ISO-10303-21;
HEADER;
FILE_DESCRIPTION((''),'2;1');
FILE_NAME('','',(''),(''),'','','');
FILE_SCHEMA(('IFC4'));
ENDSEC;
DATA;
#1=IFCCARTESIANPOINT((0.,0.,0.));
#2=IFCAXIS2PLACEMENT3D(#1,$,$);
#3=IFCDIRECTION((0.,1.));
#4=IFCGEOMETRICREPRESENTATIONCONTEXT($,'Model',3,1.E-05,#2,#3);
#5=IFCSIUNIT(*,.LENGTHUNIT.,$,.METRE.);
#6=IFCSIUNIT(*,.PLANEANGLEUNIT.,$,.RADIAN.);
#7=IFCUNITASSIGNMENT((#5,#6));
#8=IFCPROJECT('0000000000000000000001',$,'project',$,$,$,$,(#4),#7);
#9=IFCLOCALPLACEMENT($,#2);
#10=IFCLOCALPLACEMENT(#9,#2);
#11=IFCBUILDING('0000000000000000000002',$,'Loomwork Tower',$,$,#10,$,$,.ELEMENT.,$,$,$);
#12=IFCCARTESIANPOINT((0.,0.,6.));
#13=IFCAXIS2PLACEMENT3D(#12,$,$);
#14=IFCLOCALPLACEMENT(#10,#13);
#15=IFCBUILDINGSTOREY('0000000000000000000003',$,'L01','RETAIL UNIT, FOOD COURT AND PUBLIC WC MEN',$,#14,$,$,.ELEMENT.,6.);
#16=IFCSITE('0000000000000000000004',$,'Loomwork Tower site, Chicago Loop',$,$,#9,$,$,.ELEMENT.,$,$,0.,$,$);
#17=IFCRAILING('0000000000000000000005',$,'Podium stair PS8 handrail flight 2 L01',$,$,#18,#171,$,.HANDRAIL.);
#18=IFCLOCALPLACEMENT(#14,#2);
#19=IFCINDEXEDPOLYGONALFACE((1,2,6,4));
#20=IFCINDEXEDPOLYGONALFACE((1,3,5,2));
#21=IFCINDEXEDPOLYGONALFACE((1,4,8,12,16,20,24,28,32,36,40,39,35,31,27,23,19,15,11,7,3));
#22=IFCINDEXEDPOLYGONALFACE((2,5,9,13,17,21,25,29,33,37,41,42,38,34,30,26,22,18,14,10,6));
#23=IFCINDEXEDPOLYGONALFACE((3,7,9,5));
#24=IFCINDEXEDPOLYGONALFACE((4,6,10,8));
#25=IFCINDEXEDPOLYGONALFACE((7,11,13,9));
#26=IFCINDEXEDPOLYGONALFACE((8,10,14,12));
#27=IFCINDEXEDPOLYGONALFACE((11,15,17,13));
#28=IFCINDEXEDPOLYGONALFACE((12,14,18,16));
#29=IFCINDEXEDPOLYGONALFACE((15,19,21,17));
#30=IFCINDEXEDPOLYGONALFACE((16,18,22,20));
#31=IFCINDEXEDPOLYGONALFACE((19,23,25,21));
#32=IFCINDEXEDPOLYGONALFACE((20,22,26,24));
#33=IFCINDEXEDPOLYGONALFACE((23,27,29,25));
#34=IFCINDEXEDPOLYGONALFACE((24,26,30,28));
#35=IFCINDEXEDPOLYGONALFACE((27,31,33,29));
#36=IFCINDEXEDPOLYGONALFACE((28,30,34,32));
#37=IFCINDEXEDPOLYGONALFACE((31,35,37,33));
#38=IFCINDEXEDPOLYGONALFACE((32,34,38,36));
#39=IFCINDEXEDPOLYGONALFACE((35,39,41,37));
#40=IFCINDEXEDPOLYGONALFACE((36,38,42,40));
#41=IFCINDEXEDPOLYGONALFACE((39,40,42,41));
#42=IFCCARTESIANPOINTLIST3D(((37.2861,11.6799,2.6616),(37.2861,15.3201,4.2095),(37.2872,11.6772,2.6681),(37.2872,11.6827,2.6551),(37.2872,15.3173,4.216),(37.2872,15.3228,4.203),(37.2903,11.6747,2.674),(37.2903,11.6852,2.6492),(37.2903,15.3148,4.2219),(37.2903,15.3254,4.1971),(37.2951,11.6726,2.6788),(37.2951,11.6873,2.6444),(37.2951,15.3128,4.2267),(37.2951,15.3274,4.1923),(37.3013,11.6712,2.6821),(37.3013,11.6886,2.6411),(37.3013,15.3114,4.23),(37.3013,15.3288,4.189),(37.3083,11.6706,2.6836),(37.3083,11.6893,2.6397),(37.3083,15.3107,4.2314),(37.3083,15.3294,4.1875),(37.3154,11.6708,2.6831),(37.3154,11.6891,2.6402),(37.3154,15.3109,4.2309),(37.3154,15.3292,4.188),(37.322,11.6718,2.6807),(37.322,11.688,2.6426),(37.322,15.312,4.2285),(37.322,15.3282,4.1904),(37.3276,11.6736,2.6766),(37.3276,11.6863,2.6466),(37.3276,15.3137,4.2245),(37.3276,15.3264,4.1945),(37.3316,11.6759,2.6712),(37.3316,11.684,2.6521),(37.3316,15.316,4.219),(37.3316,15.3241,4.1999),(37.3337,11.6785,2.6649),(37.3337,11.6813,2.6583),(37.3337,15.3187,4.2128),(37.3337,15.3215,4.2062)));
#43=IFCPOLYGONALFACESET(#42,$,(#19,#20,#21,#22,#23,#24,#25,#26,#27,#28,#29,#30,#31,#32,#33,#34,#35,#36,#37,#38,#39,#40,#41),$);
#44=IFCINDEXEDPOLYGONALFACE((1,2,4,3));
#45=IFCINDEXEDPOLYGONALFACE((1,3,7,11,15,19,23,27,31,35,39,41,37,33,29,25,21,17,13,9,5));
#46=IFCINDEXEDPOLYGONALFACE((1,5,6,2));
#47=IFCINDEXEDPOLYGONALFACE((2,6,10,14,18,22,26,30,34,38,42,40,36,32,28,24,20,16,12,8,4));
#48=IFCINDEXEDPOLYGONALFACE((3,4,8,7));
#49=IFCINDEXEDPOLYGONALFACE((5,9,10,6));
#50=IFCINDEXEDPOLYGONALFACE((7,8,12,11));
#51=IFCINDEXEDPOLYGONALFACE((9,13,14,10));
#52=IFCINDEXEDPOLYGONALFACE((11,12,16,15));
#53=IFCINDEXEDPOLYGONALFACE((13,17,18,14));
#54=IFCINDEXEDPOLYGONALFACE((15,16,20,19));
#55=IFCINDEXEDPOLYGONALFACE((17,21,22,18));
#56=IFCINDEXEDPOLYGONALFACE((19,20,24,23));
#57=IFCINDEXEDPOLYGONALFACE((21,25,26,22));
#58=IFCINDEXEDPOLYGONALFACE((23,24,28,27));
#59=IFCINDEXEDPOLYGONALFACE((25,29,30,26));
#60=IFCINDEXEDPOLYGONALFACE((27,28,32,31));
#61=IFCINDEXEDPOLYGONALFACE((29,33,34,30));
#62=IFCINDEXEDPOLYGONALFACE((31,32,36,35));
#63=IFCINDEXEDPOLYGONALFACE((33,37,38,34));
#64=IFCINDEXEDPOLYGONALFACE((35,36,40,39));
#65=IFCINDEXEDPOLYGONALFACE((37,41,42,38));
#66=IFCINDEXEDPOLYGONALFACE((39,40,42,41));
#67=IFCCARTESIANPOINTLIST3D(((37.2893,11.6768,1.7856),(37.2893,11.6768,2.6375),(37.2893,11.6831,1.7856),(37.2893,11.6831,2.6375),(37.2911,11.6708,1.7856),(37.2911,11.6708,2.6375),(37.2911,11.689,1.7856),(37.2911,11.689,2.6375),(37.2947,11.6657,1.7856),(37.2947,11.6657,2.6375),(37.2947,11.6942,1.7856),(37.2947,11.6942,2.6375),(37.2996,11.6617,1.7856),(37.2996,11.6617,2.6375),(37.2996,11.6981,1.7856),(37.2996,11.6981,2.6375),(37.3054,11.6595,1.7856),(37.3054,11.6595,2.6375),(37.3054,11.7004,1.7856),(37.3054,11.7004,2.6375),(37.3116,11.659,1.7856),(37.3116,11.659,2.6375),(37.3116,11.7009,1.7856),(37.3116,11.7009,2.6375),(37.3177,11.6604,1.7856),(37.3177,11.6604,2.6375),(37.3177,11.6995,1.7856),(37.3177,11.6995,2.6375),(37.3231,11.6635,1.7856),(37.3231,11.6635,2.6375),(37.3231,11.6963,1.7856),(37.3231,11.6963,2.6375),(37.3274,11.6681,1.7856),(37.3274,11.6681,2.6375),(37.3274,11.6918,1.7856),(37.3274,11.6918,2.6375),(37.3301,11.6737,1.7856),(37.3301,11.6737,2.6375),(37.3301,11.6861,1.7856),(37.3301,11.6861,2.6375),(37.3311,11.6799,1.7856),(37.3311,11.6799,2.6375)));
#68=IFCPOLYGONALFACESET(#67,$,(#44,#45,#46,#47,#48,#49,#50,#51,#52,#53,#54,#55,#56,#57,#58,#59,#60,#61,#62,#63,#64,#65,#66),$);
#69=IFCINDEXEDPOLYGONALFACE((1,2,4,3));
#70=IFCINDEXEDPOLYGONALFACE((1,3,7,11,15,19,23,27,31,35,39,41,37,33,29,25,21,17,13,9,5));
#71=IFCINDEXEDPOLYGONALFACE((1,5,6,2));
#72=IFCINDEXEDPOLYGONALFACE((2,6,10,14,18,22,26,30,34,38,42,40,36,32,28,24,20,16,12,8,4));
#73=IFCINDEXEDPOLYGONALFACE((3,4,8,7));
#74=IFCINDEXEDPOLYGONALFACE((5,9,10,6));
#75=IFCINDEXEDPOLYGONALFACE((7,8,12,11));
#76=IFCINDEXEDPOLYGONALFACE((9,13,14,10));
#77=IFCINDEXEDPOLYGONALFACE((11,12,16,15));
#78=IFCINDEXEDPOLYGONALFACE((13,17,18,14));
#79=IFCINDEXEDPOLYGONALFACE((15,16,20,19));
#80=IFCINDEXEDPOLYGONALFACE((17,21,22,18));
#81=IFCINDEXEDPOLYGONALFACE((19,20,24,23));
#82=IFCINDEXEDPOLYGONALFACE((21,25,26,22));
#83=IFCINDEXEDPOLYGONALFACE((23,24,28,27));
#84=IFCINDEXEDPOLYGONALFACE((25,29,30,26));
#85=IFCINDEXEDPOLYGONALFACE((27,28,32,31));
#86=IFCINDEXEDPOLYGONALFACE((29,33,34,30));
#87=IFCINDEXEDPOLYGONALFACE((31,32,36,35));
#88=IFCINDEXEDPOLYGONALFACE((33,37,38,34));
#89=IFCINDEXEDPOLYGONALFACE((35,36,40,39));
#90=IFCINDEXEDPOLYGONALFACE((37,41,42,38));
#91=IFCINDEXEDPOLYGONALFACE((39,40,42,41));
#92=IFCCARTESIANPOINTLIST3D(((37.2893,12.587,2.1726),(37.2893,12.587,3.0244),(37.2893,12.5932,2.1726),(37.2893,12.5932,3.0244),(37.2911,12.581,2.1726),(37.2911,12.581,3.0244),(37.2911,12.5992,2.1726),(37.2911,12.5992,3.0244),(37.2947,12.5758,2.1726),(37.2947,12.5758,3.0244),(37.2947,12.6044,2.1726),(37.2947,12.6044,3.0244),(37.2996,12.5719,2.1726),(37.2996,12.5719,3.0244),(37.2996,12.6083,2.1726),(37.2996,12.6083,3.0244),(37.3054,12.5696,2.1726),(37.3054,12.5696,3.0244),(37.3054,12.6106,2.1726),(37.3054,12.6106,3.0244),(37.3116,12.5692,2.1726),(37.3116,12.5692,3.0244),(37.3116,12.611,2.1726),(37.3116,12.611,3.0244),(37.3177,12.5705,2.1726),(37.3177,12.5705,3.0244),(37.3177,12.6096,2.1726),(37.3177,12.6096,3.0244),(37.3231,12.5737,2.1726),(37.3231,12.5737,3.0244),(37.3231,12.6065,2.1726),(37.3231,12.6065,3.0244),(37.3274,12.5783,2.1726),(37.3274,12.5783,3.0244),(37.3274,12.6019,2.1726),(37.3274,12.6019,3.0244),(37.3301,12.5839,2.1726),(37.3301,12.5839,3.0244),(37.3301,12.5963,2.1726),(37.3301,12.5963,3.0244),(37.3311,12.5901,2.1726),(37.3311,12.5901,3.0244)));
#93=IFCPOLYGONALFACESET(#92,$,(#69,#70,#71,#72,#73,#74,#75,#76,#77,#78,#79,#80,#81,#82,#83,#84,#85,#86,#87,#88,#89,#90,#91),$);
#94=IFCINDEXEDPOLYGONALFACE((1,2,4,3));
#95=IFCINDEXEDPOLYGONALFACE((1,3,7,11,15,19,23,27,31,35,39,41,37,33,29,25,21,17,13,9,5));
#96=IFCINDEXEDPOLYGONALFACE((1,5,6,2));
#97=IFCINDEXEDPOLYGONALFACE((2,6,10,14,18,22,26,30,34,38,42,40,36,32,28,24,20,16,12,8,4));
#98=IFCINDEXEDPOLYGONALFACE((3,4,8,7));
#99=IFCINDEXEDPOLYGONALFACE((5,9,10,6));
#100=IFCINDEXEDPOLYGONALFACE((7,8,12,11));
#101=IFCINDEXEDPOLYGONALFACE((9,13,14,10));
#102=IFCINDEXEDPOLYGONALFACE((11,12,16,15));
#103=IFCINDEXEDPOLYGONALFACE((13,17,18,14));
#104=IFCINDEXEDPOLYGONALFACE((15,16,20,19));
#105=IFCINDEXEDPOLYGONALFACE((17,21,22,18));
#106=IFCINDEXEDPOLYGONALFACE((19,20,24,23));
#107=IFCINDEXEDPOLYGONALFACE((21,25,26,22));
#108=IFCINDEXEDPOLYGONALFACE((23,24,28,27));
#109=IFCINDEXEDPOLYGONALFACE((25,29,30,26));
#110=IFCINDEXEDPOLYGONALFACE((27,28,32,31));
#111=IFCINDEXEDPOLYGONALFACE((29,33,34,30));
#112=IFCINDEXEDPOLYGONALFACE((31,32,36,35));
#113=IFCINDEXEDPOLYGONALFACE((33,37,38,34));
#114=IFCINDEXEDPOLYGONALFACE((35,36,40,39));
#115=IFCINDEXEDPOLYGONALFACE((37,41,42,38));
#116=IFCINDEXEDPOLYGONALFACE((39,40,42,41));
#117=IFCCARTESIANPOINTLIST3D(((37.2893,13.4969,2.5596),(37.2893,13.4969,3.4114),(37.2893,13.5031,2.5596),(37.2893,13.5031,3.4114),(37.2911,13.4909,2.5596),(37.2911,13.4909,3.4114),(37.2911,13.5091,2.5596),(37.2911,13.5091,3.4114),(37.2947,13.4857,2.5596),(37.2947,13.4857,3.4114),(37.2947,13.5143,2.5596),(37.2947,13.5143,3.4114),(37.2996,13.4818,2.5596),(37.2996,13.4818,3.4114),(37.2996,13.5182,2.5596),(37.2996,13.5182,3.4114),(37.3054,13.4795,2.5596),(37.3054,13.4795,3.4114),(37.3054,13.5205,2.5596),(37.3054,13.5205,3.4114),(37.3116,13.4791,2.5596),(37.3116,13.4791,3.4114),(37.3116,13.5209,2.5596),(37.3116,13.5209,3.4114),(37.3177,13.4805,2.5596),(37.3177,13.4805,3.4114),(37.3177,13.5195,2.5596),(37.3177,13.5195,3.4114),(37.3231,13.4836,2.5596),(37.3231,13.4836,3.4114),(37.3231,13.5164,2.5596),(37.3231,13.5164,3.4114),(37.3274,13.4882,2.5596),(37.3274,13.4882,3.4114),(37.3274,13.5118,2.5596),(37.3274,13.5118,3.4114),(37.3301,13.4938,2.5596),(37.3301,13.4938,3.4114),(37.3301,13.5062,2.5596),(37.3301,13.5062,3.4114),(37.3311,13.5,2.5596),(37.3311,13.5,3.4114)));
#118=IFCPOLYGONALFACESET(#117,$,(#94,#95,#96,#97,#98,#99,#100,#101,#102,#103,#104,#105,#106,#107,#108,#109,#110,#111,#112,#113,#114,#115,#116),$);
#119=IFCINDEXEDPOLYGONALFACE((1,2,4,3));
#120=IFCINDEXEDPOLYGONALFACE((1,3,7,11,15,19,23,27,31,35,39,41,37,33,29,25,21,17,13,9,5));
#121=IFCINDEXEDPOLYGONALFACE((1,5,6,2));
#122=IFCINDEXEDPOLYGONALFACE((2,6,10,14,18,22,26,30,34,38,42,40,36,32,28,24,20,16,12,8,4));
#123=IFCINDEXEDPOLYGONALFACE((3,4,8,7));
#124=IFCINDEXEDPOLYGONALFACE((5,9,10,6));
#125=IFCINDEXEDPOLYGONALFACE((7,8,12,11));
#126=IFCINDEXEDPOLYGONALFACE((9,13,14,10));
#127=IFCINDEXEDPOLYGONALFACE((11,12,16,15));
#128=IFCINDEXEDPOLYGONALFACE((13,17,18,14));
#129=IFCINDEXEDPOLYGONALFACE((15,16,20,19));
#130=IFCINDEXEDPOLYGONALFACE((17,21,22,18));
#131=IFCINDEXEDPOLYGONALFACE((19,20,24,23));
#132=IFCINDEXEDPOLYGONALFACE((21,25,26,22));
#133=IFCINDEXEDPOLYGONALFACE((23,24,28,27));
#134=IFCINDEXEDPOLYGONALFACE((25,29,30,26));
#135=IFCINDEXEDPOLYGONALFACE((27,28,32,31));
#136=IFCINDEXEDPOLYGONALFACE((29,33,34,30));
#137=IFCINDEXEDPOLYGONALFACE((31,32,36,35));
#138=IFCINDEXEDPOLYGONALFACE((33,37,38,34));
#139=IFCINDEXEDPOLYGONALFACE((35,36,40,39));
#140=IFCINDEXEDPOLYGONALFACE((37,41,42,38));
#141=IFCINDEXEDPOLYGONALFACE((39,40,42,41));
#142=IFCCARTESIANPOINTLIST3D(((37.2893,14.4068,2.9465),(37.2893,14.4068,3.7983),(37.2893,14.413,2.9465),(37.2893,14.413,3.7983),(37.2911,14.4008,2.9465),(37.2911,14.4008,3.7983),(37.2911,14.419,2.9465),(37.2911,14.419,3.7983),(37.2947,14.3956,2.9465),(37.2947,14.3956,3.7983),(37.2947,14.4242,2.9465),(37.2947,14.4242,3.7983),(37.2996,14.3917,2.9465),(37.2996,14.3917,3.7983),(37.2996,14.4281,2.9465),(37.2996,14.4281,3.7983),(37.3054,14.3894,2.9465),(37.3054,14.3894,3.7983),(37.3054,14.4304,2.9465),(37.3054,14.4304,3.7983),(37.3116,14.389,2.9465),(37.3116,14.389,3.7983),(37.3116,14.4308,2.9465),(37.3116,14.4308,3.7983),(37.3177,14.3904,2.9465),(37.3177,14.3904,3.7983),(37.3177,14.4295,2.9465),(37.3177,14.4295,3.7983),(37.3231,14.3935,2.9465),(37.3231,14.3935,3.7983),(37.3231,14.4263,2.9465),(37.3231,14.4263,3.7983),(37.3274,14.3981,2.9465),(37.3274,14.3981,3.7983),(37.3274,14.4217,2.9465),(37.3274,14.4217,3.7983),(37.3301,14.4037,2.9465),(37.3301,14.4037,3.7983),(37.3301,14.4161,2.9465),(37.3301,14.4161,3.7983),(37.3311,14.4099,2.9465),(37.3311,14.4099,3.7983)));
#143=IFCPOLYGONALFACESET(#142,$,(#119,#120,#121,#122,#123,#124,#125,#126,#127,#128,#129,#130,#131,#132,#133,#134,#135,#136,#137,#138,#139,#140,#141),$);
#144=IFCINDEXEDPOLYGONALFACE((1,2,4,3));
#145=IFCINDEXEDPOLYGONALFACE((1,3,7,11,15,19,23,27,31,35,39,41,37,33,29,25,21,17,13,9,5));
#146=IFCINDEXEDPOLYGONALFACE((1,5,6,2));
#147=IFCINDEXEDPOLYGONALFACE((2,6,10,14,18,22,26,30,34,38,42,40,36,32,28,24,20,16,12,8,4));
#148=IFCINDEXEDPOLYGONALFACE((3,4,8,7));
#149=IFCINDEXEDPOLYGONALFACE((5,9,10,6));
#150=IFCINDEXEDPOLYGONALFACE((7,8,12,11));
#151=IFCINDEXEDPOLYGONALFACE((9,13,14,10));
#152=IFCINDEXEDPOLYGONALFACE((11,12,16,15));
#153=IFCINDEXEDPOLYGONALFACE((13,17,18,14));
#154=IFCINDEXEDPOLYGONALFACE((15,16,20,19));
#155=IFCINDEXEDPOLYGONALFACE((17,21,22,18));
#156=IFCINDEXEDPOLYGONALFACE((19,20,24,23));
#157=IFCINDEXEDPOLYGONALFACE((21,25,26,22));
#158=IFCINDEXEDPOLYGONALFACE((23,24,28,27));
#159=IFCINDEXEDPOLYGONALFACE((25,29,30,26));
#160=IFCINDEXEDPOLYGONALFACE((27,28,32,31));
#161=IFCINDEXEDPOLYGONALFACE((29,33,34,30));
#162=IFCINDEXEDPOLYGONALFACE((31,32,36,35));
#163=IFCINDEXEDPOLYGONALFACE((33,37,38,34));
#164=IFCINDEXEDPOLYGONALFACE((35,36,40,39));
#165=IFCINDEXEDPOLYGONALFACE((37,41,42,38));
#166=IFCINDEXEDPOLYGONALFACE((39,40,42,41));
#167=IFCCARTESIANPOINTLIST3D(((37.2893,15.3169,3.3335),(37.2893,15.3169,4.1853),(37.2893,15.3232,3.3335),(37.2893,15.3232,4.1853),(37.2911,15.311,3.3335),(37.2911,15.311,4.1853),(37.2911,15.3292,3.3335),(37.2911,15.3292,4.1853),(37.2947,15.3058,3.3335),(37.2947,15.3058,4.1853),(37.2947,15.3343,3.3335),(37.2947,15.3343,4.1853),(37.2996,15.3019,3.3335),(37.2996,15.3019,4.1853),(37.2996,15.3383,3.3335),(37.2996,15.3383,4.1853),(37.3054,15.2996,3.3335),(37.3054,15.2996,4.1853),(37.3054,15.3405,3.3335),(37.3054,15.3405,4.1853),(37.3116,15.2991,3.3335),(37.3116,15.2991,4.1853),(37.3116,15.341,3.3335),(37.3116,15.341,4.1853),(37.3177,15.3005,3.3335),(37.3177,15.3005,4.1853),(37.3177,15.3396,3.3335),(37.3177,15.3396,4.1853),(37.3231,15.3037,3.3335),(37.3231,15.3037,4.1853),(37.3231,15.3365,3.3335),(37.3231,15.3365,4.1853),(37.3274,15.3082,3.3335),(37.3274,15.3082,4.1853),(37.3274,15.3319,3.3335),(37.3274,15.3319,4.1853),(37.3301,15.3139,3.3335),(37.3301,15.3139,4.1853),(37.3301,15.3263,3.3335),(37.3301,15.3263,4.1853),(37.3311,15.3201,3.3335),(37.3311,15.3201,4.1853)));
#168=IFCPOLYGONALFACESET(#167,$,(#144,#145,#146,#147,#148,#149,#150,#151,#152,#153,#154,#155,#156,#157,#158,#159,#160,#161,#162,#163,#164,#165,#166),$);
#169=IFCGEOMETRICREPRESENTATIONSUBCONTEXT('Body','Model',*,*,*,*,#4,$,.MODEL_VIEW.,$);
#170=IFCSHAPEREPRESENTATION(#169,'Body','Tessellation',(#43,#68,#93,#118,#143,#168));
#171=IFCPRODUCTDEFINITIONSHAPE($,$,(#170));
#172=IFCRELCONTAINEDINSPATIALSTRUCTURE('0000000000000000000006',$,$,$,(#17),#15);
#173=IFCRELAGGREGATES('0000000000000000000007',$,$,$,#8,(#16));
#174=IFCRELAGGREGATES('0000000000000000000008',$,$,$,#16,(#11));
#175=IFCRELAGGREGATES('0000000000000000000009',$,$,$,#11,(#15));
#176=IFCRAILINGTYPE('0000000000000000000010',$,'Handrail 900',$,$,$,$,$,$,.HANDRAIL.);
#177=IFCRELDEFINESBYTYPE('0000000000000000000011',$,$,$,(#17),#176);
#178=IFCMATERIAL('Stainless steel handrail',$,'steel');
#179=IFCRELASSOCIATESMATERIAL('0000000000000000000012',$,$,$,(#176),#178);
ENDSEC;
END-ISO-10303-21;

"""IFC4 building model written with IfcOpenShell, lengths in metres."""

from ifc_helpers import new_model, si_unit, direction, frame, origin, origin_2d, place, context, subcontext, project, spatial, circle, extrude, material, type_object, element, save


model = new_model("IFC4")

# Units and contexts
model_context = context("Model", 3, precision=1e-05, world=origin(), true_north=direction((0.0, 1.0)))
body_context = subcontext(model_context, "Body", "Model", "MODEL_VIEW")
ifc_project = project(units=[si_unit("LENGTHUNIT", "METRE"), si_unit("PLANEANGLEUNIT", "RADIAN")], contexts=[model_context])

# Site, building, storey
site_placement = place(None, origin())
site = spatial("IfcSite", under=ifc_project, at=site_placement, Name="Loomwork Tower site, Chicago Loop", CompositionType="ELEMENT", RefElevation=0.0)
building_placement = place(site_placement, origin())
building = spatial("IfcBuilding", under=site, at=building_placement, Name="Loomwork Tower", CompositionType="ELEMENT")
storey_placement = place(building_placement, frame((0.0, 0.0, 6.0)))
storey = spatial("IfcBuildingStorey", under=building, at=storey_placement, Name="L01", Description="RETAIL UNIT, FOOD COURT AND PUBLIC WC MEN", CompositionType="ELEMENT", Elevation=6.0)

# Railing
ifc_material_1 = material(Name="Stainless steel handrail", Category="steel")
railing_type = type_object("IfcRailingType", Name="Handrail 900", PredefinedType="HANDRAIL", material=ifc_material_1)
railing_1_placement = place(storey_placement, frame((37.3101, 11.6799, 1.7856)))
element("IfcRailing", 1, at=railing_1_placement, inside=storey, type_object=railing_type, Name="Podium stair PS8 handrail flight 2 L01", PredefinedType="HANDRAIL", context=body_context, shape_type="SweptSolid", body=[
    extrude(circle(Radius=0.0239, at=origin_2d()), frame((0.0, 0.0, 0.876), z_axis=(0.0, 0.920259, 0.391311), x_axis=(-1.0, 0.0, 0.0)), (0.0, 0.0, 1.0), 3.9556),
    extrude(circle(Radius=0.021, at=origin_2d()), origin(), (0.0, 0.0, 1.0), 0.8518),
    extrude(circle(Radius=0.021, at=origin_2d()), frame((0.0, 0.9102, 0.387)), (0.0, 0.0, 1.0), 0.8518),
    extrude(circle(Radius=0.021, at=origin_2d()), frame((0.0, 1.8201, 0.7739)), (0.0, 0.0, 1.0), 0.8518),
    extrude(circle(Radius=0.021, at=origin_2d()), frame((0.0, 2.73, 1.1609)), (0.0, 0.0, 1.0), 0.8518),
    extrude(circle(Radius=0.021, at=origin_2d()), frame((0.0, 3.6401, 1.5479)), (0.0, 0.0, 1.0), 0.8518),
])

save(model, "model.ifc")
